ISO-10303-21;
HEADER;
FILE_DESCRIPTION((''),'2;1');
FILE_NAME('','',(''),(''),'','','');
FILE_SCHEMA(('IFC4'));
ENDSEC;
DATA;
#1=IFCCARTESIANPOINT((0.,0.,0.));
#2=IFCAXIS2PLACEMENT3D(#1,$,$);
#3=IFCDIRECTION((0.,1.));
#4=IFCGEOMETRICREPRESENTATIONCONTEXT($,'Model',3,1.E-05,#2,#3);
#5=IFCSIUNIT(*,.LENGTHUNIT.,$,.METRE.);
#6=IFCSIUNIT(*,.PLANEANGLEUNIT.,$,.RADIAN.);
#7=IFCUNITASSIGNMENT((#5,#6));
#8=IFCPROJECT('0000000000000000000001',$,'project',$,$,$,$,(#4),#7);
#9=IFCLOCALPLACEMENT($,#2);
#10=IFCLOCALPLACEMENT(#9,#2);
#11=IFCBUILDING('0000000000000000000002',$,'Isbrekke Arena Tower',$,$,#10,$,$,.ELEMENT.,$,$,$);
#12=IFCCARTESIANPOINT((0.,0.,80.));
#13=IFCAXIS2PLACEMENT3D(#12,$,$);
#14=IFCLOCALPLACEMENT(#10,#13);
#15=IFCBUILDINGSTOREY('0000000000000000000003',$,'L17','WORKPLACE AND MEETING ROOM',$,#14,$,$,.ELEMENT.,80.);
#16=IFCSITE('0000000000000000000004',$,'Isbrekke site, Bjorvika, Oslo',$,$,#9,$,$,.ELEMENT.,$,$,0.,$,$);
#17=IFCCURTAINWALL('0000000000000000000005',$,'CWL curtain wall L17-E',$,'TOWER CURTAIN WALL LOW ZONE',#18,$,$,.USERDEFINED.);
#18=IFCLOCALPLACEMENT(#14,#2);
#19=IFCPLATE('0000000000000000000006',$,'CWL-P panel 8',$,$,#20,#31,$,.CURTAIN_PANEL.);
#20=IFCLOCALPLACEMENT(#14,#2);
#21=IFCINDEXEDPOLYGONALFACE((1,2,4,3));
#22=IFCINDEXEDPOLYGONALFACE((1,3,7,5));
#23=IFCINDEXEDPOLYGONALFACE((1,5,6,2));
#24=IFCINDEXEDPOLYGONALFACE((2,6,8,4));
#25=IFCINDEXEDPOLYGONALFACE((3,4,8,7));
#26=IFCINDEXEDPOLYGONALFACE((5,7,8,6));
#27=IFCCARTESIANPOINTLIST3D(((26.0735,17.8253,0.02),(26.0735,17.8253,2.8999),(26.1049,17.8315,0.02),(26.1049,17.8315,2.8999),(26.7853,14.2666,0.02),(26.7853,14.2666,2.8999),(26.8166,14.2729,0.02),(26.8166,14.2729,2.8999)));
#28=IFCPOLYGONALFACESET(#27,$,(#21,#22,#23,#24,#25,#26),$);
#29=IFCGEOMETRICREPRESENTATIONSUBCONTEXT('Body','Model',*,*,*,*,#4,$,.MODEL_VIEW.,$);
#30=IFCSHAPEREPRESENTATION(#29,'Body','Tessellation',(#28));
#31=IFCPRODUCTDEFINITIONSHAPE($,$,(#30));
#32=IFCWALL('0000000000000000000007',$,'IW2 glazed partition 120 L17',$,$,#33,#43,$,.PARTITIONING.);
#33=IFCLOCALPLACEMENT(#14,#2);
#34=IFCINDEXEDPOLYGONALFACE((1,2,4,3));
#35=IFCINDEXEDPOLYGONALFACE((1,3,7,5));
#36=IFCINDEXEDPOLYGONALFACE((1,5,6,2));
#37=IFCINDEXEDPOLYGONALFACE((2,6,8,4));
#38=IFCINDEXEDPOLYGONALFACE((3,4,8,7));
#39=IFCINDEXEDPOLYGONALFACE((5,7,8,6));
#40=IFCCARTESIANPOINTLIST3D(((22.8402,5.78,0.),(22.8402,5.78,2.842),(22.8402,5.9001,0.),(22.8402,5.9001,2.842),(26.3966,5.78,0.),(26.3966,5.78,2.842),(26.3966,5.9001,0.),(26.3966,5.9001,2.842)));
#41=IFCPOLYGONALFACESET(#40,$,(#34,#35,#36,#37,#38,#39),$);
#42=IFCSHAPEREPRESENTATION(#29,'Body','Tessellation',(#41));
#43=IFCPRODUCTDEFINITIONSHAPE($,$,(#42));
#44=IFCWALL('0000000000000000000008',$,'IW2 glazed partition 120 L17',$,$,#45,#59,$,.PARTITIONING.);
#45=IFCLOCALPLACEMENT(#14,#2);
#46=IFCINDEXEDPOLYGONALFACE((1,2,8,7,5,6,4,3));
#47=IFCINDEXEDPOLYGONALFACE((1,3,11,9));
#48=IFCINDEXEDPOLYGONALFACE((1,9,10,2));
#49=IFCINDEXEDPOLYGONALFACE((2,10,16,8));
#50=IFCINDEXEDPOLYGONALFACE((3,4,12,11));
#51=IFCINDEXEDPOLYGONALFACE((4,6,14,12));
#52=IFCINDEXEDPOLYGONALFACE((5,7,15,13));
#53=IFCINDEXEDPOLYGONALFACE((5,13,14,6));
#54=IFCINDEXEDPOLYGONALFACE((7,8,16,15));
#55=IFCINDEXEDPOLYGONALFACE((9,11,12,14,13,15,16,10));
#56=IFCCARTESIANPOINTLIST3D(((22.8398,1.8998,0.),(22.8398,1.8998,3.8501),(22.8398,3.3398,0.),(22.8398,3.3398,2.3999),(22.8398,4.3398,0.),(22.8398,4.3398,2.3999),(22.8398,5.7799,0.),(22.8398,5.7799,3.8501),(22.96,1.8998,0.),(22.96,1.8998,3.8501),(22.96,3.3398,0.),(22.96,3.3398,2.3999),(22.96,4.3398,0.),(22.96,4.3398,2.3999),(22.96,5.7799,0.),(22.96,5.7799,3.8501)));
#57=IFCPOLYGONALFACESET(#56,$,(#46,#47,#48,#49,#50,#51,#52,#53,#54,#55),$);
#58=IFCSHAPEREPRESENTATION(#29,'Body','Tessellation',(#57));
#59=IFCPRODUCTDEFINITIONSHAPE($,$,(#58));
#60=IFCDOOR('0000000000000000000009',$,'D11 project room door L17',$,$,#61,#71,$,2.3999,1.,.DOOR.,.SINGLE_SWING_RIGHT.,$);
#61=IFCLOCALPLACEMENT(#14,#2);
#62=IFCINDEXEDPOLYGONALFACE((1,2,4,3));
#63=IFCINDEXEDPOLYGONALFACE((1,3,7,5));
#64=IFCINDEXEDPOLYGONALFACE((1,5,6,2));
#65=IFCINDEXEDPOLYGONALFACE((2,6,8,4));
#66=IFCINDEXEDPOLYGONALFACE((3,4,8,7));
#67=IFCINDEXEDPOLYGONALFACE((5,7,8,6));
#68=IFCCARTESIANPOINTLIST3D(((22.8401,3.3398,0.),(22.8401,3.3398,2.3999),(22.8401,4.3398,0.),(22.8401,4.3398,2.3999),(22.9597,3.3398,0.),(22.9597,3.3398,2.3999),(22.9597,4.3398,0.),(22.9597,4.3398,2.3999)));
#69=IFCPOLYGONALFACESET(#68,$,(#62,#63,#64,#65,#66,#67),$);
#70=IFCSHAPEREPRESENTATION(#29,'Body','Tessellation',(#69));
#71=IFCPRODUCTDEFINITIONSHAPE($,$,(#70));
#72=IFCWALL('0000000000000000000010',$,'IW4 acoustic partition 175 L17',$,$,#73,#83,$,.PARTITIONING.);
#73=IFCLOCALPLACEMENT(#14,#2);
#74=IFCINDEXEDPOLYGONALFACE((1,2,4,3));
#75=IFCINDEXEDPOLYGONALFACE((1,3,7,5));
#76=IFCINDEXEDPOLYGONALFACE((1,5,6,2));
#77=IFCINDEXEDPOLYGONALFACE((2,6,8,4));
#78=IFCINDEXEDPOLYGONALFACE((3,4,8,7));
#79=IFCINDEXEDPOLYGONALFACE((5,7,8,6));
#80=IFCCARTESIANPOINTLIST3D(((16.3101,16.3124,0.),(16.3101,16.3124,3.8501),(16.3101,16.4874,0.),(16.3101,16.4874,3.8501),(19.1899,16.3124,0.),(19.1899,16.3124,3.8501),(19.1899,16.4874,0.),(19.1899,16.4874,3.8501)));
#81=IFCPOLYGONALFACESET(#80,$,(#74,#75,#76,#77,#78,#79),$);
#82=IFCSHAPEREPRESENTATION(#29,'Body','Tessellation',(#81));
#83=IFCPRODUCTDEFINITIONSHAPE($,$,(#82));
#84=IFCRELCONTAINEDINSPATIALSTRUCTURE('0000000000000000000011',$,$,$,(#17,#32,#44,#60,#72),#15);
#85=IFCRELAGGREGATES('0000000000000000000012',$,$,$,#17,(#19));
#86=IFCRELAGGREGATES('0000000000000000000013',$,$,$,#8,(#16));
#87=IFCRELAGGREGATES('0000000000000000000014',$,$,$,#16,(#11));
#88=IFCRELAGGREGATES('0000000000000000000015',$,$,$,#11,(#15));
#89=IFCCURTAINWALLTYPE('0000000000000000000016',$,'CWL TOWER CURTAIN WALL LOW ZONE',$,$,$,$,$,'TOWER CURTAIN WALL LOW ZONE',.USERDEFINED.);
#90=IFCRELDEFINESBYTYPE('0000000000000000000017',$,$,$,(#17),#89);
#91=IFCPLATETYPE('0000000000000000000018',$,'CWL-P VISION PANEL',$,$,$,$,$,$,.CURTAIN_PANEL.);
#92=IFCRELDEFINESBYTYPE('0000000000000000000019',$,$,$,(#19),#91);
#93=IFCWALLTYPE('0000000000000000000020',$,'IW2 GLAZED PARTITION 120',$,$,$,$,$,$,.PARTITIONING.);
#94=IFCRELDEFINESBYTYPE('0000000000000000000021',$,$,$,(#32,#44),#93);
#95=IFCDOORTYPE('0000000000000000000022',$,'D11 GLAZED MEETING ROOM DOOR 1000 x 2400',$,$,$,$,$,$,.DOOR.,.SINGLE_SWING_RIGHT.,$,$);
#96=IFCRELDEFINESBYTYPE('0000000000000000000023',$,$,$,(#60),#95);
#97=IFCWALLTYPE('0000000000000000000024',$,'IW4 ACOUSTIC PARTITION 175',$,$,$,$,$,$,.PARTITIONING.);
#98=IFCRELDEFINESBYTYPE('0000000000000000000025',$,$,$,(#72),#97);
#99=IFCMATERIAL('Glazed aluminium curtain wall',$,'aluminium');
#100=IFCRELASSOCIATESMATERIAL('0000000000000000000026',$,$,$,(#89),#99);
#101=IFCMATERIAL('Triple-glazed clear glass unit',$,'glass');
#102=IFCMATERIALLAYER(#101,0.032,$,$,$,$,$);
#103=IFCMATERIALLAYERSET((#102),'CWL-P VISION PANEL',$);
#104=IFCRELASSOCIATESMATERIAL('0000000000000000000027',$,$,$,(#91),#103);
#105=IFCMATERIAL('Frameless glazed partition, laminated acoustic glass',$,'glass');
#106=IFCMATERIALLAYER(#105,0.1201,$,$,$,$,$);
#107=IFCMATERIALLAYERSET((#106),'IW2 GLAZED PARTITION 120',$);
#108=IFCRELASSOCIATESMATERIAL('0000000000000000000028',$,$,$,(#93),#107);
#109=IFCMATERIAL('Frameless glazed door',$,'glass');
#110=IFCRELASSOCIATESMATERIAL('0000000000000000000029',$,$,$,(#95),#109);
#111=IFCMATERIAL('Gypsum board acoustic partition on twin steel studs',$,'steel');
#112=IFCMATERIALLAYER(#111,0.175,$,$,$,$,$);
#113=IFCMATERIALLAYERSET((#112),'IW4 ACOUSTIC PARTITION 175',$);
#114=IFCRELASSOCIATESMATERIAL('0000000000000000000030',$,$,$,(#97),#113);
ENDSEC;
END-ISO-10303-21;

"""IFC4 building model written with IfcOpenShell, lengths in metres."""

from ifc_helpers import new_model, si_unit, direction, frame, frame_2d, origin, origin_2d, place, context, subcontext, project, spatial, rectangle, extrude, material, layer, layer_set, type_object, element, fill, aggregate, save


model = new_model("IFC4")

# Units and contexts
model_context = context("Model", 3, precision=1e-05, world=origin(), true_north=direction((0.0, 1.0)))
body_context = subcontext(model_context, "Body", "Model", "MODEL_VIEW")
ifc_project = project(units=[si_unit("LENGTHUNIT", "METRE"), si_unit("PLANEANGLEUNIT", "RADIAN")], contexts=[model_context])

# Site, building, storey
site_placement = place(None, origin())
site = spatial("IfcSite", under=ifc_project, at=site_placement, Name="Isbrekke site, Bjorvika, Oslo", CompositionType="ELEMENT", RefElevation=0.0)
building_placement = place(site_placement, origin())
building = spatial("IfcBuilding", under=site, at=building_placement, Name="Isbrekke Arena Tower", CompositionType="ELEMENT")
storey_placement = place(building_placement, frame((0.0, 0.0, 80.0)))
storey = spatial("IfcBuildingStorey", under=building, at=storey_placement, Name="L17", Description="WORKPLACE AND MEETING ROOM", CompositionType="ELEMENT", Elevation=80.0)

# Curtain wall
ifc_material_1 = material(Name="Glazed aluminium curtain wall", Category="aluminium")
curtain_wall_type = type_object("IfcCurtainWallType", Name="CWL TOWER CURTAIN WALL LOW ZONE", ElementType="TOWER CURTAIN WALL LOW ZONE", PredefinedType="USERDEFINED", material=ifc_material_1)
curtain_wall_placement = place(storey_placement, origin())
curtain_wall = element("IfcCurtainWall", 1, at=curtain_wall_placement, inside=storey, type_object=curtain_wall_type, Name="CWL curtain wall L17-E", ObjectType="TOWER CURTAIN WALL LOW ZONE", PredefinedType="USERDEFINED")

# Plate
ifc_material_2 = material(Name="Triple-glazed clear glass unit", Category="glass")
ifc_layer_1 = layer(ifc_material_2, 0.032)
ifc_layer_set_1 = layer_set([ifc_layer_1], Name="CWL-P VISION PANEL")
plate_type = type_object("IfcPlateType", Name="CWL-P VISION PANEL", PredefinedType="CURTAIN_PANEL", material=ifc_layer_set_1)
plate_1_placement = place(storey_placement, frame((26.4451, 16.0491, 0.02), z_axis=(0.0, 0.0, 1.0), x_axis=(-0.196116, 0.980581, 0.0)))
plate_1 = element("IfcPlate", 2, at=plate_1_placement, type_object=plate_type, Name="CWL-P panel 8", PredefinedType="CURTAIN_PANEL", context=body_context, shape_type="SweptSolid", body=[
    extrude(rectangle(XDim=3.6292, YDim=0.032, at=origin_2d()), origin(), (0.0, 0.0, 1.0), 2.8799),
])
aggregate(curtain_wall, [plate_1])

# Wall
ifc_material_3 = material(Name="Frameless glazed partition, laminated acoustic glass", Category="glass")
ifc_layer_2 = layer(ifc_material_3, 0.1201)
ifc_layer_set_2 = layer_set([ifc_layer_2], Name="IW2 GLAZED PARTITION 120")
wall_type_1 = type_object("IfcWallType", Name="IW2 GLAZED PARTITION 120", PredefinedType="PARTITIONING", material=ifc_layer_set_2)
wall_1_placement = place(storey_placement, frame((22.8401, 5.8401, 0.0), z_axis=(0.0, 0.0, 1.0), x_axis=(1.0, 0.0, 0.0)))
element("IfcWall", 3, at=wall_1_placement, inside=storey, type_object=wall_type_1, Name="IW2 glazed partition 120 L17", PredefinedType="PARTITIONING", context=body_context, shape_type="SweptSolid", body=[
    extrude(rectangle(XDim=3.5564, YDim=0.1201, at=frame_2d((1.7783, 0.0))), origin(), (0.0, 0.0, 1.0), 2.842),
])

# Shared definitions
ifc_material_4 = material(Name="Frameless glazed door", Category="glass")
door_type = type_object("IfcDoorType", Name="D11 GLAZED MEETING ROOM DOOR 1000 x 2400", OperationType="SINGLE_SWING_RIGHT", PredefinedType="DOOR", material=ifc_material_4)

# Wall, opening, door
wall_2_placement = place(storey_placement, frame((22.8999, 1.8999, 0.0), z_axis=(0.0, 0.0, 1.0), x_axis=(0.0, 1.0, 0.0)))
wall_2 = element("IfcWall", 4, at=wall_2_placement, inside=storey, type_object=wall_type_1, Name="IW2 glazed partition 120 L17", PredefinedType="PARTITIONING", context=body_context, shape_type="SweptSolid", body=[
    extrude(rectangle(XDim=3.8801, YDim=0.1201, at=frame_2d((1.9399, 0.0))), origin(), (0.0, 0.0, 1.0), 3.8501),
])
opening_1_placement = place(wall_2_placement, frame((1.4399, 0.0, 0.0)))
opening_1 = element("IfcOpeningElement", 5, at=opening_1_placement, cuts=wall_2, PredefinedType="OPENING", context=body_context, shape_type="SweptSolid", body=[
    extrude(rectangle(XDim=1.0, YDim=2.3999, at=frame_2d((0.5, 1.2))), frame((0.0, 0.075, 0.0), z_axis=(0.0, -1.0, 0.0), x_axis=(1.0, 0.0, 0.0)), (0.0, 0.0, 1.0), 0.1499),
])
door_1_placement = place(opening_1_placement, origin())
door_1 = element("IfcDoor", 6, at=door_1_placement, inside=storey, type_object=door_type, Name="D11 project room door L17", OperationType="SINGLE_SWING_RIGHT", OverallHeight=2.3999, OverallWidth=1.0, PredefinedType="DOOR", context=body_context, shape_type="SweptSolid", body=[
    extrude(rectangle(XDim=1.0, YDim=2.3999, at=frame_2d((0.5, 1.2))), frame((0.0, 0.0598, 0.0), z_axis=(0.0, -1.0, 0.0), x_axis=(1.0, 0.0, 0.0)), (0.0, 0.0, 1.0), 0.1196),
])
fill(opening_1, door_1)

# Wall
ifc_material_5 = material(Name="Gypsum board acoustic partition on twin steel studs", Category="steel")
ifc_layer_3 = layer(ifc_material_5, 0.175)
ifc_layer_set_3 = layer_set([ifc_layer_3], Name="IW4 ACOUSTIC PARTITION 175")
wall_type_2 = type_object("IfcWallType", Name="IW4 ACOUSTIC PARTITION 175", PredefinedType="PARTITIONING", material=ifc_layer_set_3)
wall_3_placement = place(storey_placement, frame((16.3101, 16.3999, 0.0), z_axis=(0.0, 0.0, 1.0), x_axis=(1.0, 0.0, 0.0)))
element("IfcWall", 7, at=wall_3_placement, inside=storey, type_object=wall_type_2, Name="IW4 acoustic partition 175 L17", PredefinedType="PARTITIONING", context=body_context, shape_type="SweptSolid", body=[
    extrude(rectangle(XDim=2.8799, YDim=0.175, at=frame_2d((1.4399, 0.0))), origin(), (0.0, 0.0, 1.0), 3.8501),
])

save(model, "model.ifc")
